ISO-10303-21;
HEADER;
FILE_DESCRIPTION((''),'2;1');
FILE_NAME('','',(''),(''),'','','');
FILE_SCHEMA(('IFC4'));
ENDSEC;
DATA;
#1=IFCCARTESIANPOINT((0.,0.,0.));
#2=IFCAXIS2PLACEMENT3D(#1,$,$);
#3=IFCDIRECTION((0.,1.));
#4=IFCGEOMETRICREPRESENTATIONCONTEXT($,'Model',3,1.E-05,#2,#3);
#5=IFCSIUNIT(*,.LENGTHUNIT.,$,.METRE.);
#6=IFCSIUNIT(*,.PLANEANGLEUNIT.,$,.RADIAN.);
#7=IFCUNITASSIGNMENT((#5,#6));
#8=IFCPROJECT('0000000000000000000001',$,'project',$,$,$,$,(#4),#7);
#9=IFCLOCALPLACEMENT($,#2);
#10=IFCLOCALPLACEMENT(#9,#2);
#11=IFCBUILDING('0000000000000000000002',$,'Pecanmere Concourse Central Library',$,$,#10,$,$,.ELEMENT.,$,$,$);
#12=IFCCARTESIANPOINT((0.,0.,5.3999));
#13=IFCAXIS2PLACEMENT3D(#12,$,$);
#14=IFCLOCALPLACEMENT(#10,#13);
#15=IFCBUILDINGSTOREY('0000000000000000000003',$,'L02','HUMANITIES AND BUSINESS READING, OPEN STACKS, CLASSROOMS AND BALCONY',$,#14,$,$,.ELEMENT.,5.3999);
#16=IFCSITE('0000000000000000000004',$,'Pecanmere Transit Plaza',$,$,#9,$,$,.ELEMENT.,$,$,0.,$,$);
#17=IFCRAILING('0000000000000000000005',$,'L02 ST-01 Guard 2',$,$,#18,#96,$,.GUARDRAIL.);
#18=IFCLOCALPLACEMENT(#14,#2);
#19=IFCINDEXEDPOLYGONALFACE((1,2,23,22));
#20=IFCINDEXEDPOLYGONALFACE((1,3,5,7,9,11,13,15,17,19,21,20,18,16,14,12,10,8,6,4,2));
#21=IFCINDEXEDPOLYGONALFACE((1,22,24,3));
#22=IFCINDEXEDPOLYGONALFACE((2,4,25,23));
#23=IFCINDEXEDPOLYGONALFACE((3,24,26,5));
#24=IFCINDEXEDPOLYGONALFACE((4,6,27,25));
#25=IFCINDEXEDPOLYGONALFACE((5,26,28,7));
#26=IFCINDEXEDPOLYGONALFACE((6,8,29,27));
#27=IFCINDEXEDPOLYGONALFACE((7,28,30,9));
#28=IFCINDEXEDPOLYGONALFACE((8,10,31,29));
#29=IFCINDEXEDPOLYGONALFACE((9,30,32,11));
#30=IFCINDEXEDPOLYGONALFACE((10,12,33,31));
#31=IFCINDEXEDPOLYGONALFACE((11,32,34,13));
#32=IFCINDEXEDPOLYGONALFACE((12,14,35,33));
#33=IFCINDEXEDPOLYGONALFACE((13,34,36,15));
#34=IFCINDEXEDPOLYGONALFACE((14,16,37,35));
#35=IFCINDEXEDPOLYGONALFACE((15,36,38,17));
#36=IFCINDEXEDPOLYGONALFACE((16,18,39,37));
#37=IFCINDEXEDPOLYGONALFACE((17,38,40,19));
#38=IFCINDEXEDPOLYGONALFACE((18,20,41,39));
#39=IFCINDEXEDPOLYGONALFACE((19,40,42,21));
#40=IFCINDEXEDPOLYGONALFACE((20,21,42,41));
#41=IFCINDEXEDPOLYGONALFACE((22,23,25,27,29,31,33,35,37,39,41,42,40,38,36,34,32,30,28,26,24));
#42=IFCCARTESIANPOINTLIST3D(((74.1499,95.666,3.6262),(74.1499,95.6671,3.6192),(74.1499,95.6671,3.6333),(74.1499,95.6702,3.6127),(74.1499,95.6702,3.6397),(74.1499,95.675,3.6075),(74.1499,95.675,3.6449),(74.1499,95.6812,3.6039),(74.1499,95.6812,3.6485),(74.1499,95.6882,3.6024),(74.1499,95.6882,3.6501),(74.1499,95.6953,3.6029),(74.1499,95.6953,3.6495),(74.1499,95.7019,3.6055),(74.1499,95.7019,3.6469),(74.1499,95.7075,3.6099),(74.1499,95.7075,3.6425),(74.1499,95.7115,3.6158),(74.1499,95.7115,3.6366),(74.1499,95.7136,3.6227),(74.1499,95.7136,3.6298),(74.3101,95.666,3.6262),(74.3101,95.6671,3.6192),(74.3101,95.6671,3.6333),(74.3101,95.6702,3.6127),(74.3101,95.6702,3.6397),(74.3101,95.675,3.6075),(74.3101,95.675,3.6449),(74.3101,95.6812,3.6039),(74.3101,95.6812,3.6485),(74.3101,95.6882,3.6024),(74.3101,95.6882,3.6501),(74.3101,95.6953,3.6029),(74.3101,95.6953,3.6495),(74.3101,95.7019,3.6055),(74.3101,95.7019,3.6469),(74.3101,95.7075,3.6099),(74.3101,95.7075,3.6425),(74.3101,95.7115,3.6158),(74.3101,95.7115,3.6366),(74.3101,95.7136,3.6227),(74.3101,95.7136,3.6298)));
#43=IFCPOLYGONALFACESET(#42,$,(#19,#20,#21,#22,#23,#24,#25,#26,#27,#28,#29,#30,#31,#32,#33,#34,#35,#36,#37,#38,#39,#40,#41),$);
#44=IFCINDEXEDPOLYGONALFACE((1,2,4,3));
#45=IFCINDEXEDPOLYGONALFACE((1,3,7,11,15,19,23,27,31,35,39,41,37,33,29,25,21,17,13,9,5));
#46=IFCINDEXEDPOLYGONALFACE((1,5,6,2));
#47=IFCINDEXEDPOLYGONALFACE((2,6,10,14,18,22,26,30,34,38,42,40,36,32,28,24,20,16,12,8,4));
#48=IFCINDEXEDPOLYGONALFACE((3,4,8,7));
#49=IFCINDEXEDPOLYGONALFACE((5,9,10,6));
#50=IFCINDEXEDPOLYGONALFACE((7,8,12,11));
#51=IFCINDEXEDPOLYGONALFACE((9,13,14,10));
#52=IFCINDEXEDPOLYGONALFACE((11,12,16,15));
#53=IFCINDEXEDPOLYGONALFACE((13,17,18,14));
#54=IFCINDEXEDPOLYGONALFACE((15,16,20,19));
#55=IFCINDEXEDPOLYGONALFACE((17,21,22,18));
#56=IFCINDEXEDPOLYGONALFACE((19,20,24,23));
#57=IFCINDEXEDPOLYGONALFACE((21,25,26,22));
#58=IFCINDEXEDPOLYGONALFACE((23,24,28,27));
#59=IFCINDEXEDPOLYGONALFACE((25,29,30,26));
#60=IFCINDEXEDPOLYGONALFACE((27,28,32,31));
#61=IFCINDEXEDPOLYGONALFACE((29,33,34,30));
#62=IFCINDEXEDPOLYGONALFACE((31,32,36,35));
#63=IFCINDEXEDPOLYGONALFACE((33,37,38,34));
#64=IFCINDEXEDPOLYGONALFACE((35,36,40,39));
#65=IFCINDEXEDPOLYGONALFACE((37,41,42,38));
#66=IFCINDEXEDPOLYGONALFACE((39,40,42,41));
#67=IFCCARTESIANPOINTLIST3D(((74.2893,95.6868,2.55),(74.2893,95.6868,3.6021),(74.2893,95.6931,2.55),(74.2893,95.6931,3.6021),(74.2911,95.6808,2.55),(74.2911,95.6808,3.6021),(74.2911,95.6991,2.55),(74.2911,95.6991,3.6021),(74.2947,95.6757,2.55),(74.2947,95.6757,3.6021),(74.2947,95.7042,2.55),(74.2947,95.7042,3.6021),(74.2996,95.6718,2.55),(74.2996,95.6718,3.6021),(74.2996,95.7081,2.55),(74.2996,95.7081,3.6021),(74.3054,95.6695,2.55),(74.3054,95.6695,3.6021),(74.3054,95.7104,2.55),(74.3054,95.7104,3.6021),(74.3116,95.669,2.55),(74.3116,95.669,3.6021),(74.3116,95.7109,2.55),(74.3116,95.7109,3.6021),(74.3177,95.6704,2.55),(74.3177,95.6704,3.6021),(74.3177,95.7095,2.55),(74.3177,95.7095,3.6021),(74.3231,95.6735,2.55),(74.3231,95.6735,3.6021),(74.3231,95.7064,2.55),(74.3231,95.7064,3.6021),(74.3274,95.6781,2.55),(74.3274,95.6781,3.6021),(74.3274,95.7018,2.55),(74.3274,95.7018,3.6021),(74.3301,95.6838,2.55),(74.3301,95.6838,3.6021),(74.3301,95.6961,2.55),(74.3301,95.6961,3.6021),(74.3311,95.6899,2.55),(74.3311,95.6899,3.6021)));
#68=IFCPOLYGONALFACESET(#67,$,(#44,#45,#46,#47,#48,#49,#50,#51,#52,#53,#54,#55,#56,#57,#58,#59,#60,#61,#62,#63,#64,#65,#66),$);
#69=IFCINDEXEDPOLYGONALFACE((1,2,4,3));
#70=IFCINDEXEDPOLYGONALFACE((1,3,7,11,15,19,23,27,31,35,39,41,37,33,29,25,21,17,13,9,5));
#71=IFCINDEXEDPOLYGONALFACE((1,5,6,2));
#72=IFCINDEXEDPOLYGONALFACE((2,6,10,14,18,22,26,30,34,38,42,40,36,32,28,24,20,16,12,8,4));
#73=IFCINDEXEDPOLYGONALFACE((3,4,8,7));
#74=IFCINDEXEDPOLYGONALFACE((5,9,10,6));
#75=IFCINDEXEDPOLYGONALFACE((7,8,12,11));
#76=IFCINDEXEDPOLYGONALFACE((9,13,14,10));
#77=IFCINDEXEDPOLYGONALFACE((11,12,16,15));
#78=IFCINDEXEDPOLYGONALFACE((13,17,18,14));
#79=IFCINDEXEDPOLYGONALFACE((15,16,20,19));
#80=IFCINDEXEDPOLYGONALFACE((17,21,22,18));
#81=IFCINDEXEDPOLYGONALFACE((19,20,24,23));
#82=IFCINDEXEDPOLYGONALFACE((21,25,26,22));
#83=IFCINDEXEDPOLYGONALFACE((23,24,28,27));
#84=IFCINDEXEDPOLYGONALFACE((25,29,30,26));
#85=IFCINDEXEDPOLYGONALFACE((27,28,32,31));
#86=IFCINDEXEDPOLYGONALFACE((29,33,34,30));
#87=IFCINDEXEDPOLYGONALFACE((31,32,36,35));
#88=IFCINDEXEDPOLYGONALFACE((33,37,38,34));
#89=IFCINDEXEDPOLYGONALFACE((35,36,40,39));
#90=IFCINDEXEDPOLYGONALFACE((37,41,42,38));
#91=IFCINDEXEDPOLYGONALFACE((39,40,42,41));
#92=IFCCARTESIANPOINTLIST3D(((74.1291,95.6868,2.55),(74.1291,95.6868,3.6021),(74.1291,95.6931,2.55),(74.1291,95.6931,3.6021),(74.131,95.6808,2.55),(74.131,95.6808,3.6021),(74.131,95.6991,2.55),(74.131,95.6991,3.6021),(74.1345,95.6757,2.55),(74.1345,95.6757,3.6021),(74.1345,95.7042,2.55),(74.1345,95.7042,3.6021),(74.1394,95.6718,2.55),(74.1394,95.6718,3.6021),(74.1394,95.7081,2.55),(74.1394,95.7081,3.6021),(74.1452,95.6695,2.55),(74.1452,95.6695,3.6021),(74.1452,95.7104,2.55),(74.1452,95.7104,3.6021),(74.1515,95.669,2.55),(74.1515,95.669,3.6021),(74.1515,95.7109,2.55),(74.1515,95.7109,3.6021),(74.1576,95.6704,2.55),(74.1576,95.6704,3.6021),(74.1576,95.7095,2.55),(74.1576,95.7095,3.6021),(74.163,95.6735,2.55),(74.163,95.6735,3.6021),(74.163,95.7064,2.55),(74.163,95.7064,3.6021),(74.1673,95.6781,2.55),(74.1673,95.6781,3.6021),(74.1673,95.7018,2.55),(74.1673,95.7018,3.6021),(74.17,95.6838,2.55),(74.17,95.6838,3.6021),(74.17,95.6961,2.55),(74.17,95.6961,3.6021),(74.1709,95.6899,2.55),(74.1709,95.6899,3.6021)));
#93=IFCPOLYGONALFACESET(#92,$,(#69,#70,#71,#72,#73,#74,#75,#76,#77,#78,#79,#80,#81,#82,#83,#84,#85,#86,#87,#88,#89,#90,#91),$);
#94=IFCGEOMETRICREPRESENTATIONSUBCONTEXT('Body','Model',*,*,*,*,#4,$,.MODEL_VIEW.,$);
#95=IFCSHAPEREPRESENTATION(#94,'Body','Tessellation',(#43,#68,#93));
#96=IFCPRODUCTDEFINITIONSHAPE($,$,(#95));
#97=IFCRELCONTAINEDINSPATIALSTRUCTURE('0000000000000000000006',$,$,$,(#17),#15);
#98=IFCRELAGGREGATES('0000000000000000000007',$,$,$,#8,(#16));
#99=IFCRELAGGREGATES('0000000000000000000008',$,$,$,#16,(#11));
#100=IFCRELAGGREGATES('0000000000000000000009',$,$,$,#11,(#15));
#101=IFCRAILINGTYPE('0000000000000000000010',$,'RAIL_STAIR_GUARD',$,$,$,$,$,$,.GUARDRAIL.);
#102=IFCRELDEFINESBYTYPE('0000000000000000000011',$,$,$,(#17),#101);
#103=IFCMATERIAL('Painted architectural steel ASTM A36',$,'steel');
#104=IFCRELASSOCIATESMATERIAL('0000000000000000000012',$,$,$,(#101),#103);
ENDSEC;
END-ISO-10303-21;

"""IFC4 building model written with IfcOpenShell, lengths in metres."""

from ifc_helpers import new_model, si_unit, direction, frame, origin, origin_2d, place, context, subcontext, project, spatial, circle, extrude, material, type_object, element, save


model = new_model("IFC4")

# Units and contexts
model_context = context("Model", 3, precision=1e-05, world=origin(), true_north=direction((0.0, 1.0)))
body_context = subcontext(model_context, "Body", "Model", "MODEL_VIEW")
ifc_project = project(units=[si_unit("LENGTHUNIT", "METRE"), si_unit("PLANEANGLEUNIT", "RADIAN")], contexts=[model_context])

# Site, building, storey
site_placement = place(None, origin())
site = spatial("IfcSite", under=ifc_project, at=site_placement, Name="Pecanmere Transit Plaza", CompositionType="ELEMENT", RefElevation=0.0)
building_placement = place(site_placement, origin())
building = spatial("IfcBuilding", under=site, at=building_placement, Name="Pecanmere Concourse Central Library", CompositionType="ELEMENT")
storey_placement = place(building_placement, frame((0.0, 0.0, 5.3999)))
storey = spatial("IfcBuildingStorey", under=building, at=storey_placement, Name="L02", Description="HUMANITIES AND BUSINESS READING, OPEN STACKS, CLASSROOMS AND BALCONY", CompositionType="ELEMENT", Elevation=5.3999)

# Railing
ifc_material_1 = material(Name="Painted architectural steel ASTM A36", Category="steel")
railing_type_1 = type_object("IfcRailingType", Name="RAIL_STAIR_GUARD", PredefinedType="GUARDRAIL", material=ifc_material_1)
railing_1_placement = place(storey_placement, frame((74.3101, 95.6899, 2.55)))
element("IfcRailing", 1, at=railing_1_placement, inside=storey, type_object=railing_type_1, Name="L02 ST-01 Guard 2", PredefinedType="GUARDRAIL", context=body_context, shape_type="SweptSolid", body=[
    extrude(circle(Radius=0.0239, at=origin_2d()), frame((0.0, 0.0, 1.0762), z_axis=(-1.0, 0.0, 0.0), x_axis=(0.0, -1.0, 0.0)), (0.0, 0.0, 1.0), 0.1602),
    extrude(circle(Radius=0.021, at=origin_2d()), origin(), (0.0, 0.0, 1.0), 1.052),
    extrude(circle(Radius=0.021, at=origin_2d()), frame((-0.1602, 0.0, 0.0)), (0.0, 0.0, 1.0), 1.052),
])

save(model, "model.ifc")
